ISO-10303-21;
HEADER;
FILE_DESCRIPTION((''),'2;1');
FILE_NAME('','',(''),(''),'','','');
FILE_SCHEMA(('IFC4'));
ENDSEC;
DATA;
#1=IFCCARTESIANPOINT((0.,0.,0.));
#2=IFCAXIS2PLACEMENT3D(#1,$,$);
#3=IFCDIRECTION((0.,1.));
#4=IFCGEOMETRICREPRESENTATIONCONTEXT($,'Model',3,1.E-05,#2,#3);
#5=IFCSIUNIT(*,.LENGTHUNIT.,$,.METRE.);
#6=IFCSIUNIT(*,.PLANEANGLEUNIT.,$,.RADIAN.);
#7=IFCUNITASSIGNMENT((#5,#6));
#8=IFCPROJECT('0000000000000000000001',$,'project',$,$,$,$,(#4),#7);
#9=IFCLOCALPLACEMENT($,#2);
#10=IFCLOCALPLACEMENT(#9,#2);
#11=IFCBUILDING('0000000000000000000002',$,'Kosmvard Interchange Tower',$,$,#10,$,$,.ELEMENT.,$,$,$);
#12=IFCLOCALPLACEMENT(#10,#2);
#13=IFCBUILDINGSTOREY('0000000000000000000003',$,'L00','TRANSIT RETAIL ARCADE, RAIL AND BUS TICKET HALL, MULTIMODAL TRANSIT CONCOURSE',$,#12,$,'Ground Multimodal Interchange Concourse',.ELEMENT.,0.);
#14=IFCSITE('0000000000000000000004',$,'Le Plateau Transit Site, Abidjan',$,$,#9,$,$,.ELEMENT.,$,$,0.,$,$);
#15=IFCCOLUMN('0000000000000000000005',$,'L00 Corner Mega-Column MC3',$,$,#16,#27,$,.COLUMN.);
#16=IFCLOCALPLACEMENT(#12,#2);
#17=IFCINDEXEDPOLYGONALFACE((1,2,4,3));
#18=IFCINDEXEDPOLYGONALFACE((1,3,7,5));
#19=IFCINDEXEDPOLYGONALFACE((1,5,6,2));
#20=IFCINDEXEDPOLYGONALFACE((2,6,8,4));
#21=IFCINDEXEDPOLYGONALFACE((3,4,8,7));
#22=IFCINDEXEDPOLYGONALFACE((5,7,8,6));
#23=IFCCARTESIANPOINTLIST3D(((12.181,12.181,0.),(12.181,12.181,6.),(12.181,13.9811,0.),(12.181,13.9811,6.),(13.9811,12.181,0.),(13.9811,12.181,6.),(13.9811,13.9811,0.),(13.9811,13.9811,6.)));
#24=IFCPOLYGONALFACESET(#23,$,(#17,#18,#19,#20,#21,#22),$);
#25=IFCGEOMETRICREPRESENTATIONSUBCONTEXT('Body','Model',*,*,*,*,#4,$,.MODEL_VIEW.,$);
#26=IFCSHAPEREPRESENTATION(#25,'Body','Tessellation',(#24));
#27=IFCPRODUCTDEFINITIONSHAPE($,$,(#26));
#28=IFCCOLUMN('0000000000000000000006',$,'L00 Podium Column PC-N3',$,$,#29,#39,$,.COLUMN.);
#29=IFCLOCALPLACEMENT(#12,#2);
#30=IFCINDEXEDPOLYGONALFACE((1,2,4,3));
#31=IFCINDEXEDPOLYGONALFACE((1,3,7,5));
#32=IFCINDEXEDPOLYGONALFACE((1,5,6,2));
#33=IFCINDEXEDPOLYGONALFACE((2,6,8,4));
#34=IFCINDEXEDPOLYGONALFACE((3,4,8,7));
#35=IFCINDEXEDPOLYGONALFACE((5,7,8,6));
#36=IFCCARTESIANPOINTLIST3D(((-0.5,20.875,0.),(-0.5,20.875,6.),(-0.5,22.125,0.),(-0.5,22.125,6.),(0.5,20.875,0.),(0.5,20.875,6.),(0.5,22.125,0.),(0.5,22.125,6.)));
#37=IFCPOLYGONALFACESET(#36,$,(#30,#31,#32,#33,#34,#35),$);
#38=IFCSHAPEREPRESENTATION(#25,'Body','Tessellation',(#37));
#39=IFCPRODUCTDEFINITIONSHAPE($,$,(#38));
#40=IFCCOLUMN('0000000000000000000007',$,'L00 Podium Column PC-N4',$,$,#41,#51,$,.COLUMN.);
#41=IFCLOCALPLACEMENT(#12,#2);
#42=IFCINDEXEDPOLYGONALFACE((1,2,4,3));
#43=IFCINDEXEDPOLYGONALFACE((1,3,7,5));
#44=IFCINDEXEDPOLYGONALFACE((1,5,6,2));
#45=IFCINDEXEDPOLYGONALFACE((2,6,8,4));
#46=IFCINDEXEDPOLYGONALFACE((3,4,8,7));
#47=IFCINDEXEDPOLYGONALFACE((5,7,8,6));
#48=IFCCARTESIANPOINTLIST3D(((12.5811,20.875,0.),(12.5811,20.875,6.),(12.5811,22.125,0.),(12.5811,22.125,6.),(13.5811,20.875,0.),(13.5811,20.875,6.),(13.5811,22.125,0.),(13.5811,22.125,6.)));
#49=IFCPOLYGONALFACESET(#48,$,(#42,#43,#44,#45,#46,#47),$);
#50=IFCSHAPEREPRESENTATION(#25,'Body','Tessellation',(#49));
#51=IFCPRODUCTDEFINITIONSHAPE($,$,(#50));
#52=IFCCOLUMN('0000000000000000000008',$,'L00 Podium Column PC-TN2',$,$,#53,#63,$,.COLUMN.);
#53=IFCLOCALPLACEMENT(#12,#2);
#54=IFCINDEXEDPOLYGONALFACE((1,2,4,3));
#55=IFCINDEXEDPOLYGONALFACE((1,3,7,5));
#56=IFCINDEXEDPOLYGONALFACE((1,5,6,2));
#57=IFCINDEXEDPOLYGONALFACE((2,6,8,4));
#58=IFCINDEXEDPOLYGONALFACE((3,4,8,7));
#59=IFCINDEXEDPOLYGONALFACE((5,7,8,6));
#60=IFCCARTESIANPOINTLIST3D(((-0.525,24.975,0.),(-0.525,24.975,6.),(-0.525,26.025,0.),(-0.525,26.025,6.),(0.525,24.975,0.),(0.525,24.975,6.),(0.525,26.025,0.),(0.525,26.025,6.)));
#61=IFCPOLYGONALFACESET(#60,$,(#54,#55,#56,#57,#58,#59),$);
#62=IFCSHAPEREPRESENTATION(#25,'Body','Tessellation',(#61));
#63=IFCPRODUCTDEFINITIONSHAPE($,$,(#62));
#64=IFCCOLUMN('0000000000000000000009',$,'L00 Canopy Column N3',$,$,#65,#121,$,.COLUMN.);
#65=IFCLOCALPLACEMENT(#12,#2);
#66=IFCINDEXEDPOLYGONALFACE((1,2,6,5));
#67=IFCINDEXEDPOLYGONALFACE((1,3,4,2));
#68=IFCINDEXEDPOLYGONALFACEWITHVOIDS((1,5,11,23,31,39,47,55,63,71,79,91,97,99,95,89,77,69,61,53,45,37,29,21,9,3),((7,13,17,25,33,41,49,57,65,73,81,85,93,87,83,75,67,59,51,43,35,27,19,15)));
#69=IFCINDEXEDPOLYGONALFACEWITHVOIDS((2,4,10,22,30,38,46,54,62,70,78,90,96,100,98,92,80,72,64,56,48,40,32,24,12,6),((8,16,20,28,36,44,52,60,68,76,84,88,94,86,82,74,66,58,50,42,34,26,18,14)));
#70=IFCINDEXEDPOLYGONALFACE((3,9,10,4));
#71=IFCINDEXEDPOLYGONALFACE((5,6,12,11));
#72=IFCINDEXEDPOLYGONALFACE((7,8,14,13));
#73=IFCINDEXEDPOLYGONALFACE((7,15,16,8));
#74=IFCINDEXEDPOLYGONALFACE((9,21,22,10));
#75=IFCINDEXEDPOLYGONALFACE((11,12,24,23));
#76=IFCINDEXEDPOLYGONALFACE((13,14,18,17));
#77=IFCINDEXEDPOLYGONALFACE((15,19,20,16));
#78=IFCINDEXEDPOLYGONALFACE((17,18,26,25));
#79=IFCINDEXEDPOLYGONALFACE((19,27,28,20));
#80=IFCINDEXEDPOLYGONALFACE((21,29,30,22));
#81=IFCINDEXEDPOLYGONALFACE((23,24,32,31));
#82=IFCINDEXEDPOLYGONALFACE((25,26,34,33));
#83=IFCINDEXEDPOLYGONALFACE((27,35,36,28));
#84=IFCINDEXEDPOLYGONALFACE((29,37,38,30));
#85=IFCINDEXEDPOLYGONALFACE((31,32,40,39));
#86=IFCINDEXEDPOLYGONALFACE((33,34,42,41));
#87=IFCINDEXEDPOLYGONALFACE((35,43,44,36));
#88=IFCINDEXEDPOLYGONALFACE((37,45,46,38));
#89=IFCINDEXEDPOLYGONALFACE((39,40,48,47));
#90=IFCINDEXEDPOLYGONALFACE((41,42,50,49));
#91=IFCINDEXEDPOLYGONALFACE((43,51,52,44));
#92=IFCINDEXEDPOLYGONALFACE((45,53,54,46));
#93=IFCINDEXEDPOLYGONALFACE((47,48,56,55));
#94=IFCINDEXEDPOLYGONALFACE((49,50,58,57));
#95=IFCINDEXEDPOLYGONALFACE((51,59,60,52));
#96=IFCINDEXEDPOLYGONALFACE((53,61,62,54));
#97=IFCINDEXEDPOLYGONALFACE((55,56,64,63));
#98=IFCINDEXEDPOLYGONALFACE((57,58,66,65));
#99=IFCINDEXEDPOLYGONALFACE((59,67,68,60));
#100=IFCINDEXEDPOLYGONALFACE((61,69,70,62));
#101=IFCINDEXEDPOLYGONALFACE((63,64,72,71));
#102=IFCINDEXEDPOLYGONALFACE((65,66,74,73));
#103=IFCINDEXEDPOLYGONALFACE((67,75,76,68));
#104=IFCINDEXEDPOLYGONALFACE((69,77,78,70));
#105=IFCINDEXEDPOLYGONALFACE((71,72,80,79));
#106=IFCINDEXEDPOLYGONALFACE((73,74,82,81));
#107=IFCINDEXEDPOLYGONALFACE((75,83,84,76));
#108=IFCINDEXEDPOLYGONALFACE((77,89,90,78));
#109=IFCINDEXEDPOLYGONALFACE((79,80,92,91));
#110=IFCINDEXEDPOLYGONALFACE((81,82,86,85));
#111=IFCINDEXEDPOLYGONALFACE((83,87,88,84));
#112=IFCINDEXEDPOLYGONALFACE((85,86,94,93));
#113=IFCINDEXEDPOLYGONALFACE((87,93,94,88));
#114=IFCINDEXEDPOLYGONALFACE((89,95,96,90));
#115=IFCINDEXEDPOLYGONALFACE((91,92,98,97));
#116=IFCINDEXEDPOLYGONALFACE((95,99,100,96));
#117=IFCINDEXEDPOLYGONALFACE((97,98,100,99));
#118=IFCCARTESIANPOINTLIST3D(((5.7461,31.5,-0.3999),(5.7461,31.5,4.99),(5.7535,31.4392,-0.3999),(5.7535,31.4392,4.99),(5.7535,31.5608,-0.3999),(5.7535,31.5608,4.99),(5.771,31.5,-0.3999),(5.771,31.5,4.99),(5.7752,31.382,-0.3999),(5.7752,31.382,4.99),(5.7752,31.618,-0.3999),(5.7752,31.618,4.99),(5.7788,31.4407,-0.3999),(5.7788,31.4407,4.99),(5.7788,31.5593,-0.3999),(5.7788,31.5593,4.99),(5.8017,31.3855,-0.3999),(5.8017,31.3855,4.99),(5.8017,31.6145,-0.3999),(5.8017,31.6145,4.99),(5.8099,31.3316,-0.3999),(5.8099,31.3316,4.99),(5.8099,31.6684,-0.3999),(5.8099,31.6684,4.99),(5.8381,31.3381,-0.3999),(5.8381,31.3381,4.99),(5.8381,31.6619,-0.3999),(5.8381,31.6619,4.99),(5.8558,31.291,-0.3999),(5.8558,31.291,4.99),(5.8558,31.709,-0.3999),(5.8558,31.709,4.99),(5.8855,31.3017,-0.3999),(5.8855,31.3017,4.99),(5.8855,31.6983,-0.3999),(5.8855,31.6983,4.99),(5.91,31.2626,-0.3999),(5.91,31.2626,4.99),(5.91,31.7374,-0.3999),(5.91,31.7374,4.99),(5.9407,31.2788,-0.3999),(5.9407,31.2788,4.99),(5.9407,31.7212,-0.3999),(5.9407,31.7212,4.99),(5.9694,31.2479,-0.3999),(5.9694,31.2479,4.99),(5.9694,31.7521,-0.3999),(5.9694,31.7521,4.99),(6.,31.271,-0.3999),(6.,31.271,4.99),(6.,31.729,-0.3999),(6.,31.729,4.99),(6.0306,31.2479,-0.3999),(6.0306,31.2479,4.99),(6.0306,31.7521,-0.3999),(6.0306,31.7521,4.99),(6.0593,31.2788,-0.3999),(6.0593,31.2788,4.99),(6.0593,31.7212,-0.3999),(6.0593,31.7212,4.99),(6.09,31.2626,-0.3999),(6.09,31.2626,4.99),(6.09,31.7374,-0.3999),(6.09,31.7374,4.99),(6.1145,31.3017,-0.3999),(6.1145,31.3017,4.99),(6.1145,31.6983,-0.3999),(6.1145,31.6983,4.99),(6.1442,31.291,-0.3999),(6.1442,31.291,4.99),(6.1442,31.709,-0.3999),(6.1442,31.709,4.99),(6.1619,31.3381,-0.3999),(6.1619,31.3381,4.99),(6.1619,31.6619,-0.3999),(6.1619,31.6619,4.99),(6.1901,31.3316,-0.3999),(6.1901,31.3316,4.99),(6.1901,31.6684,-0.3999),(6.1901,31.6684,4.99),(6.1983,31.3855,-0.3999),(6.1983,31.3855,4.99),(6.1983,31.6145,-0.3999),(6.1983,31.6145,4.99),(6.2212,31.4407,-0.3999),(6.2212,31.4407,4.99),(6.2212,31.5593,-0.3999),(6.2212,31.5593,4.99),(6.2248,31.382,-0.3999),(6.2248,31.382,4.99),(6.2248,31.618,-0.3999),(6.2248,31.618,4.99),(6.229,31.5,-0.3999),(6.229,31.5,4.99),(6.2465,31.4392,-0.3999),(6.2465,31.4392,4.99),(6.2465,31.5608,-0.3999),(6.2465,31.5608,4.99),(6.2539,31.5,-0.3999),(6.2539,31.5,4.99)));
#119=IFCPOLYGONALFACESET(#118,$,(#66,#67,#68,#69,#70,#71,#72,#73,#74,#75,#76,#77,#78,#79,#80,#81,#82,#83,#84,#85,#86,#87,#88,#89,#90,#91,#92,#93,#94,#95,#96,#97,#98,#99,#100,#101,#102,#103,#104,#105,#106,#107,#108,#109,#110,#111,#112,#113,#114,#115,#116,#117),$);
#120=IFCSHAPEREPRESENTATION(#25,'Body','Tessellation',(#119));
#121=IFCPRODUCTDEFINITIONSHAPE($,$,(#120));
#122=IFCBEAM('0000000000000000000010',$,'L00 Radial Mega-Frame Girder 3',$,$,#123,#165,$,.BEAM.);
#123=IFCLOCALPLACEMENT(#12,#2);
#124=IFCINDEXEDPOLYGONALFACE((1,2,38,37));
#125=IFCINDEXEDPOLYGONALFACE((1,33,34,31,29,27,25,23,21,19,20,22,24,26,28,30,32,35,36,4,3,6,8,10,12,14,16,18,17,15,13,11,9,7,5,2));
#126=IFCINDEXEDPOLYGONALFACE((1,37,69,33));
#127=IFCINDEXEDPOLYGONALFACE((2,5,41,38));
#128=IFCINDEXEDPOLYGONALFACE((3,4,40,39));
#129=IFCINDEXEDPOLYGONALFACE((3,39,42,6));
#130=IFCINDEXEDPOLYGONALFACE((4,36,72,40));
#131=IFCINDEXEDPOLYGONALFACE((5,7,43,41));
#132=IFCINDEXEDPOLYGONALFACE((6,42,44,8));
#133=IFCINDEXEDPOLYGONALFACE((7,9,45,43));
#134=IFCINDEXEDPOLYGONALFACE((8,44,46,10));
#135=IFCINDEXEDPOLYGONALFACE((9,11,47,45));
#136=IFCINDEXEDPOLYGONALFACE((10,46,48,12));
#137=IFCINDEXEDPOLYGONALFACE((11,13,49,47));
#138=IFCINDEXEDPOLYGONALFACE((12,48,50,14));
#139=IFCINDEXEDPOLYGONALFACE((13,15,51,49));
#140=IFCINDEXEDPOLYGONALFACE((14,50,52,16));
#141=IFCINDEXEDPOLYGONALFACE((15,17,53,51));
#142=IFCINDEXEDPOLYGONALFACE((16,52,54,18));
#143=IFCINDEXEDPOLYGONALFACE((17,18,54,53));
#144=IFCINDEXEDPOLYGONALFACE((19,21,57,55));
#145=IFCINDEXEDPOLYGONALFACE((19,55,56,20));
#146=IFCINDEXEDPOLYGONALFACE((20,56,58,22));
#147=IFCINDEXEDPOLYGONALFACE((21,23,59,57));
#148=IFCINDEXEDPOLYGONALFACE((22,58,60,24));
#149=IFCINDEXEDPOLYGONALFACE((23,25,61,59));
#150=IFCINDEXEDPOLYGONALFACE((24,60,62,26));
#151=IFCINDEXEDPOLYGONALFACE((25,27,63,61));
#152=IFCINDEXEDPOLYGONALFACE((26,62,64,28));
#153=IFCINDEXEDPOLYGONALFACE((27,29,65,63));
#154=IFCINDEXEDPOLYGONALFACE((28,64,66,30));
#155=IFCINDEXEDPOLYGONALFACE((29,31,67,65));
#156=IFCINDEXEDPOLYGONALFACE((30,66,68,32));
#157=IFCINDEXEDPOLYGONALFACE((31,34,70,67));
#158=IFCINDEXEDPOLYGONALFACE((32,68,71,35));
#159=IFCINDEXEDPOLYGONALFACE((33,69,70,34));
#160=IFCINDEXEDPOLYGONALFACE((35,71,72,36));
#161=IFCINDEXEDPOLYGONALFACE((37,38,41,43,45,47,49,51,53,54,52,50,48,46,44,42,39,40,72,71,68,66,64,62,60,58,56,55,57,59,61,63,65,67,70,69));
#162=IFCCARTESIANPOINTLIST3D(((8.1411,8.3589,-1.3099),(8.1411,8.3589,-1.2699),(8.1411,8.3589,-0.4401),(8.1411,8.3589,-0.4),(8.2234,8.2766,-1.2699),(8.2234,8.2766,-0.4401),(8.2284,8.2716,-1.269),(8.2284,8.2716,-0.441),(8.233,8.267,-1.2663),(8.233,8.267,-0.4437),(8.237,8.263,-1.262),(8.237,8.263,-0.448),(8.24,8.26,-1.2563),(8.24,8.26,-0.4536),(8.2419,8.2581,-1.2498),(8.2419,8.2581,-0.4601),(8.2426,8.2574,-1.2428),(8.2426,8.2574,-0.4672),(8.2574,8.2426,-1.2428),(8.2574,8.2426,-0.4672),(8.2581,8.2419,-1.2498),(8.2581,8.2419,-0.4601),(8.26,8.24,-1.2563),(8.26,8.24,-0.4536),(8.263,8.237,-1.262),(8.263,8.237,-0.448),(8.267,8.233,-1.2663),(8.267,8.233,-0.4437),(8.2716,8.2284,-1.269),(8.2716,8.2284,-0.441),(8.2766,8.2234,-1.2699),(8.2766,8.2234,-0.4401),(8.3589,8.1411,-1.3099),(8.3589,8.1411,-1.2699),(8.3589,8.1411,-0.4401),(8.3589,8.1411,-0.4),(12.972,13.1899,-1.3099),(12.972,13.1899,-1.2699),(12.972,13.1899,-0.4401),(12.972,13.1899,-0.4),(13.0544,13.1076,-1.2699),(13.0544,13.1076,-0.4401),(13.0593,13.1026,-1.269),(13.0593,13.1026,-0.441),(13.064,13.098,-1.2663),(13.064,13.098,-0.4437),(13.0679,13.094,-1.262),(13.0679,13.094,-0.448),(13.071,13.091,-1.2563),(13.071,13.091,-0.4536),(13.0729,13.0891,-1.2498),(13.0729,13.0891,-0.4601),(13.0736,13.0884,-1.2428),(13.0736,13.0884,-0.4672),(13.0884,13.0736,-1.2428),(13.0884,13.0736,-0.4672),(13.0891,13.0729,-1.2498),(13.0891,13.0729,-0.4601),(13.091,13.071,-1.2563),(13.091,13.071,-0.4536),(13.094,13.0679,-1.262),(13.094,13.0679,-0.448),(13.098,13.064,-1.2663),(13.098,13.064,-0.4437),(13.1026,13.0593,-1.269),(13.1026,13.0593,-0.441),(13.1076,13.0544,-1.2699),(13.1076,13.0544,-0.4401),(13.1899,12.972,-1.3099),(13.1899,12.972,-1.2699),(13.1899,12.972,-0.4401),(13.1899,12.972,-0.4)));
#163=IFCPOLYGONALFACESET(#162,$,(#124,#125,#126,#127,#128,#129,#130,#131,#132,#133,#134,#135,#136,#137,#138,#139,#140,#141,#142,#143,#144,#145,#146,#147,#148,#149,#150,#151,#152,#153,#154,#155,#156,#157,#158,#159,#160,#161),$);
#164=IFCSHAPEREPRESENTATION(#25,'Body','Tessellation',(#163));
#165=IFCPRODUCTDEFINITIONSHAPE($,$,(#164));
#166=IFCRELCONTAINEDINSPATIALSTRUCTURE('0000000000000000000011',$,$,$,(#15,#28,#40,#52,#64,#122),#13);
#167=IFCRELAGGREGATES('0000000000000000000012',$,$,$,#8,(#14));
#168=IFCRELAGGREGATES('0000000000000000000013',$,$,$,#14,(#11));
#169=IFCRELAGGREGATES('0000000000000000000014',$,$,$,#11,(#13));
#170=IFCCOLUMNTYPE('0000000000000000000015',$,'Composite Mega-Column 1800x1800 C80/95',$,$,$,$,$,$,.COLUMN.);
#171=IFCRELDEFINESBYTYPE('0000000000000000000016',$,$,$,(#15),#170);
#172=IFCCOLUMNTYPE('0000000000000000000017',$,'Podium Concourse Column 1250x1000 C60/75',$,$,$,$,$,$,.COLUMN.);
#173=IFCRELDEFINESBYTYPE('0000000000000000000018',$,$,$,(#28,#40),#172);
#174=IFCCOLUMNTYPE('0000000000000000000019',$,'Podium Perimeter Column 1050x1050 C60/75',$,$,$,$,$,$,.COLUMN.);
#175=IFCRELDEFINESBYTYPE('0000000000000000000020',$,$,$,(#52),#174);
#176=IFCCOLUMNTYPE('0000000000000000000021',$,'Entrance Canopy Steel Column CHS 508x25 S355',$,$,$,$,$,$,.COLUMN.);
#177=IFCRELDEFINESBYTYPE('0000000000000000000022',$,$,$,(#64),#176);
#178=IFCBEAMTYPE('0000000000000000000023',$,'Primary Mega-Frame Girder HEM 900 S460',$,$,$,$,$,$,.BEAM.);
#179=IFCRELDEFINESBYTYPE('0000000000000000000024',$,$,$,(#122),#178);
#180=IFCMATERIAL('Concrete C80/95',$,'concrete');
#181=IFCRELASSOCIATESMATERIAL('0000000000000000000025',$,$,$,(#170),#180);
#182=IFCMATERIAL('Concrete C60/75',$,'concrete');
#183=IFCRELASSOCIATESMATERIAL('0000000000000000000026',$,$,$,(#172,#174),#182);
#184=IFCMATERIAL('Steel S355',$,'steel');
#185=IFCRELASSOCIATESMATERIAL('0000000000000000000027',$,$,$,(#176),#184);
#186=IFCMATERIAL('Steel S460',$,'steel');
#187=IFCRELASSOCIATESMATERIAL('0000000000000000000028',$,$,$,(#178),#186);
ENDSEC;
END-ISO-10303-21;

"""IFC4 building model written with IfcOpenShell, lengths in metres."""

from ifc_helpers import new_model, si_unit, direction, frame, origin, origin_2d, place, context, subcontext, project, spatial, rectangle, hollow_circle, i_section, extrude, source, transform, mapped, material, material_profile, profile_set, type_object, element, save


model = new_model("IFC4")

# Units and contexts
model_context = context("Model", 3, precision=1e-05, world=origin(), true_north=direction((0.0, 1.0)))
body_context = subcontext(model_context, "Body", "Model", "MODEL_VIEW")
ifc_project = project(units=[si_unit("LENGTHUNIT", "METRE"), si_unit("PLANEANGLEUNIT", "RADIAN")], contexts=[model_context])

# Site, building, storey
site_placement = place(None, origin())
site = spatial("IfcSite", under=ifc_project, at=site_placement, Name="Le Plateau Transit Site, Abidjan", CompositionType="ELEMENT", RefElevation=0.0)
building_placement = place(site_placement, origin())
building = spatial("IfcBuilding", under=site, at=building_placement, Name="Kosmvard Interchange Tower", CompositionType="ELEMENT")
storey_placement = place(building_placement, origin())
storey = spatial("IfcBuildingStorey", under=building, at=storey_placement, Name="L00", Description="TRANSIT RETAIL ARCADE, RAIL AND BUS TICKET HALL, MULTIMODAL TRANSIT CONCOURSE", LongName="Ground Multimodal Interchange Concourse", CompositionType="ELEMENT", Elevation=0.0)

# Columns
ifc_material_1 = material(Name="Concrete C80/95", Category="concrete")
ifc_material_profile_1 = material_profile(ifc_material_1, rectangle(XDim=1.8, YDim=1.8, at=origin_2d()), Name="MC 1800x1800")
ifc_profile_set_1 = profile_set([ifc_material_profile_1], Name="Concrete C80/95")
column_type_1 = type_object("IfcColumnType", Name="Composite Mega-Column 1800x1800 C80/95", PredefinedType="COLUMN", material=ifc_profile_set_1)
shared_shape_1 = source(origin(), body_context, "Body", "SweptSolid", [
    extrude(rectangle(XDim=1.8, YDim=1.8, at=origin_2d()), origin(), (0.0, 0.0, 1.0), 6.0),
])
column_1_placement = place(storey_placement, frame((13.0811, 13.0811, 0.0), z_axis=(0.0, 0.0, 1.0), x_axis=(1.0, 0.0, 0.0)))
element("IfcColumn", 1, at=column_1_placement, inside=storey, type_object=column_type_1, Name="L00 Corner Mega-Column MC3", PredefinedType="COLUMN", context=body_context, shape_type="MappedRepresentation", body=[
    mapped(shared_shape_1, transform((0.0, 0.0, 0.0), scale=1.0)),
])
ifc_material_2 = material(Name="Concrete C60/75", Category="concrete")
ifc_material_profile_2 = material_profile(ifc_material_2, rectangle(XDim=1.0, YDim=1.25, at=origin_2d()), Name="PC 1250x1000")
ifc_profile_set_2 = profile_set([ifc_material_profile_2], Name="Concrete C60/75")
column_type_2 = type_object("IfcColumnType", Name="Podium Concourse Column 1250x1000 C60/75", PredefinedType="COLUMN", material=ifc_profile_set_2)
shared_shape_2 = source(origin(), body_context, "Body", "SweptSolid", [
    extrude(rectangle(XDim=1.0, YDim=1.25, at=origin_2d()), origin(), (0.0, 0.0, 1.0), 6.0),
])
for number, where, z_axis, x_axis, name in (
    (2, (0.0, 21.5, 0.0), (0.0, 0.0, 1.0), (1.0, 0.0, 0.0), "L00 Podium Column PC-N3"),
    (3, (13.0811, 21.5, 0.0), (0.0, 0.0, 1.0), (1.0, 0.0, 0.0), "L00 Podium Column PC-N4"),
):
    element("IfcColumn", number, at=place(storey_placement, frame(where, z_axis=z_axis, x_axis=x_axis)), inside=storey, type_object=column_type_2, Name=name, PredefinedType="COLUMN", context=body_context, shape_type="MappedRepresentation", body=[
        mapped(shared_shape_2, transform((0.0, 0.0, 0.0), scale=1.0)),
    ])
ifc_material_profile_3 = material_profile(ifc_material_2, rectangle(XDim=1.05, YDim=1.05, at=origin_2d()), Name="PC 1050x1050")
ifc_profile_set_3 = profile_set([ifc_material_profile_3], Name="Concrete C60/75")
column_type_3 = type_object("IfcColumnType", Name="Podium Perimeter Column 1050x1050 C60/75", PredefinedType="COLUMN", material=ifc_profile_set_3)
shared_shape_3 = source(origin(), body_context, "Body", "SweptSolid", [
    extrude(rectangle(XDim=1.05, YDim=1.05, at=origin_2d()), origin(), (0.0, 0.0, 1.0), 6.0),
])
column_2_placement = place(storey_placement, frame((0.0, 25.5, 0.0), z_axis=(0.0, 0.0, 1.0), x_axis=(1.0, 0.0, 0.0)))
element("IfcColumn", 4, at=column_2_placement, inside=storey, type_object=column_type_3, Name="L00 Podium Column PC-TN2", PredefinedType="COLUMN", context=body_context, shape_type="MappedRepresentation", body=[
    mapped(shared_shape_3, transform((0.0, 0.0, 0.0), scale=1.0)),
])
ifc_material_3 = material(Name="Steel S355", Category="steel")
ifc_material_profile_4 = material_profile(ifc_material_3, hollow_circle(Radius=0.2539, WallThickness=0.0249, at=origin_2d()), Name="CHS 508x25")
ifc_profile_set_4 = profile_set([ifc_material_profile_4], Name="Steel S355")
column_type_4 = type_object("IfcColumnType", Name="Entrance Canopy Steel Column CHS 508x25 S355", PredefinedType="COLUMN", material=ifc_profile_set_4)
shared_shape_4 = source(origin(), body_context, "Body", "SweptSolid", [
    extrude(hollow_circle(Radius=0.2539, WallThickness=0.0249, at=origin_2d()), origin(), (0.0, 0.0, 1.0), 5.3899),
])
column_3_placement = place(storey_placement, frame((6.0, 31.5, -0.3999), z_axis=(0.0, 0.0, 1.0), x_axis=(1.0, 0.0, 0.0)))
element("IfcColumn", 5, at=column_3_placement, inside=storey, type_object=column_type_4, Name="L00 Canopy Column N3", PredefinedType="COLUMN", context=body_context, shape_type="MappedRepresentation", body=[
    mapped(shared_shape_4, transform((0.0, 0.0, 0.0), scale=1.0)),
])

# Beam
ifc_material_4 = material(Name="Steel S460", Category="steel")
ifc_material_profile_5 = material_profile(ifc_material_4, i_section(OverallWidth=0.3081, OverallDepth=0.9099, WebThickness=0.021, FlangeThickness=0.04, FilletRadius=0.0271, at=origin_2d()), Name="HEM 900")
ifc_profile_set_5 = profile_set([ifc_material_profile_5], Name="Steel S460")
beam_type_1 = type_object("IfcBeamType", Name="Primary Mega-Frame Girder HEM 900 S460", PredefinedType="BEAM", material=ifc_profile_set_5)
shared_shape_5 = source(origin(), body_context, "Body", "SweptSolid", [
    extrude(i_section(OverallWidth=0.3081, OverallDepth=0.9099, WebThickness=0.021, FlangeThickness=0.04, FilletRadius=0.0271, at=origin_2d()), origin(), (0.0, 0.0, 1.0), 6.832),
])
beam_1_placement = place(storey_placement, frame((8.25, 8.25, -0.855), z_axis=(0.707107, 0.707107, 0.0), x_axis=(-0.707107, 0.707107, 0.0)))
element("IfcBeam", 6, at=beam_1_placement, inside=storey, type_object=beam_type_1, Name="L00 Radial Mega-Frame Girder 3", PredefinedType="BEAM", context=body_context, shape_type="MappedRepresentation", body=[
    mapped(shared_shape_5, transform((0.0, 0.0, 0.0), scale=1.0)),
])

save(model, "model.ifc")
